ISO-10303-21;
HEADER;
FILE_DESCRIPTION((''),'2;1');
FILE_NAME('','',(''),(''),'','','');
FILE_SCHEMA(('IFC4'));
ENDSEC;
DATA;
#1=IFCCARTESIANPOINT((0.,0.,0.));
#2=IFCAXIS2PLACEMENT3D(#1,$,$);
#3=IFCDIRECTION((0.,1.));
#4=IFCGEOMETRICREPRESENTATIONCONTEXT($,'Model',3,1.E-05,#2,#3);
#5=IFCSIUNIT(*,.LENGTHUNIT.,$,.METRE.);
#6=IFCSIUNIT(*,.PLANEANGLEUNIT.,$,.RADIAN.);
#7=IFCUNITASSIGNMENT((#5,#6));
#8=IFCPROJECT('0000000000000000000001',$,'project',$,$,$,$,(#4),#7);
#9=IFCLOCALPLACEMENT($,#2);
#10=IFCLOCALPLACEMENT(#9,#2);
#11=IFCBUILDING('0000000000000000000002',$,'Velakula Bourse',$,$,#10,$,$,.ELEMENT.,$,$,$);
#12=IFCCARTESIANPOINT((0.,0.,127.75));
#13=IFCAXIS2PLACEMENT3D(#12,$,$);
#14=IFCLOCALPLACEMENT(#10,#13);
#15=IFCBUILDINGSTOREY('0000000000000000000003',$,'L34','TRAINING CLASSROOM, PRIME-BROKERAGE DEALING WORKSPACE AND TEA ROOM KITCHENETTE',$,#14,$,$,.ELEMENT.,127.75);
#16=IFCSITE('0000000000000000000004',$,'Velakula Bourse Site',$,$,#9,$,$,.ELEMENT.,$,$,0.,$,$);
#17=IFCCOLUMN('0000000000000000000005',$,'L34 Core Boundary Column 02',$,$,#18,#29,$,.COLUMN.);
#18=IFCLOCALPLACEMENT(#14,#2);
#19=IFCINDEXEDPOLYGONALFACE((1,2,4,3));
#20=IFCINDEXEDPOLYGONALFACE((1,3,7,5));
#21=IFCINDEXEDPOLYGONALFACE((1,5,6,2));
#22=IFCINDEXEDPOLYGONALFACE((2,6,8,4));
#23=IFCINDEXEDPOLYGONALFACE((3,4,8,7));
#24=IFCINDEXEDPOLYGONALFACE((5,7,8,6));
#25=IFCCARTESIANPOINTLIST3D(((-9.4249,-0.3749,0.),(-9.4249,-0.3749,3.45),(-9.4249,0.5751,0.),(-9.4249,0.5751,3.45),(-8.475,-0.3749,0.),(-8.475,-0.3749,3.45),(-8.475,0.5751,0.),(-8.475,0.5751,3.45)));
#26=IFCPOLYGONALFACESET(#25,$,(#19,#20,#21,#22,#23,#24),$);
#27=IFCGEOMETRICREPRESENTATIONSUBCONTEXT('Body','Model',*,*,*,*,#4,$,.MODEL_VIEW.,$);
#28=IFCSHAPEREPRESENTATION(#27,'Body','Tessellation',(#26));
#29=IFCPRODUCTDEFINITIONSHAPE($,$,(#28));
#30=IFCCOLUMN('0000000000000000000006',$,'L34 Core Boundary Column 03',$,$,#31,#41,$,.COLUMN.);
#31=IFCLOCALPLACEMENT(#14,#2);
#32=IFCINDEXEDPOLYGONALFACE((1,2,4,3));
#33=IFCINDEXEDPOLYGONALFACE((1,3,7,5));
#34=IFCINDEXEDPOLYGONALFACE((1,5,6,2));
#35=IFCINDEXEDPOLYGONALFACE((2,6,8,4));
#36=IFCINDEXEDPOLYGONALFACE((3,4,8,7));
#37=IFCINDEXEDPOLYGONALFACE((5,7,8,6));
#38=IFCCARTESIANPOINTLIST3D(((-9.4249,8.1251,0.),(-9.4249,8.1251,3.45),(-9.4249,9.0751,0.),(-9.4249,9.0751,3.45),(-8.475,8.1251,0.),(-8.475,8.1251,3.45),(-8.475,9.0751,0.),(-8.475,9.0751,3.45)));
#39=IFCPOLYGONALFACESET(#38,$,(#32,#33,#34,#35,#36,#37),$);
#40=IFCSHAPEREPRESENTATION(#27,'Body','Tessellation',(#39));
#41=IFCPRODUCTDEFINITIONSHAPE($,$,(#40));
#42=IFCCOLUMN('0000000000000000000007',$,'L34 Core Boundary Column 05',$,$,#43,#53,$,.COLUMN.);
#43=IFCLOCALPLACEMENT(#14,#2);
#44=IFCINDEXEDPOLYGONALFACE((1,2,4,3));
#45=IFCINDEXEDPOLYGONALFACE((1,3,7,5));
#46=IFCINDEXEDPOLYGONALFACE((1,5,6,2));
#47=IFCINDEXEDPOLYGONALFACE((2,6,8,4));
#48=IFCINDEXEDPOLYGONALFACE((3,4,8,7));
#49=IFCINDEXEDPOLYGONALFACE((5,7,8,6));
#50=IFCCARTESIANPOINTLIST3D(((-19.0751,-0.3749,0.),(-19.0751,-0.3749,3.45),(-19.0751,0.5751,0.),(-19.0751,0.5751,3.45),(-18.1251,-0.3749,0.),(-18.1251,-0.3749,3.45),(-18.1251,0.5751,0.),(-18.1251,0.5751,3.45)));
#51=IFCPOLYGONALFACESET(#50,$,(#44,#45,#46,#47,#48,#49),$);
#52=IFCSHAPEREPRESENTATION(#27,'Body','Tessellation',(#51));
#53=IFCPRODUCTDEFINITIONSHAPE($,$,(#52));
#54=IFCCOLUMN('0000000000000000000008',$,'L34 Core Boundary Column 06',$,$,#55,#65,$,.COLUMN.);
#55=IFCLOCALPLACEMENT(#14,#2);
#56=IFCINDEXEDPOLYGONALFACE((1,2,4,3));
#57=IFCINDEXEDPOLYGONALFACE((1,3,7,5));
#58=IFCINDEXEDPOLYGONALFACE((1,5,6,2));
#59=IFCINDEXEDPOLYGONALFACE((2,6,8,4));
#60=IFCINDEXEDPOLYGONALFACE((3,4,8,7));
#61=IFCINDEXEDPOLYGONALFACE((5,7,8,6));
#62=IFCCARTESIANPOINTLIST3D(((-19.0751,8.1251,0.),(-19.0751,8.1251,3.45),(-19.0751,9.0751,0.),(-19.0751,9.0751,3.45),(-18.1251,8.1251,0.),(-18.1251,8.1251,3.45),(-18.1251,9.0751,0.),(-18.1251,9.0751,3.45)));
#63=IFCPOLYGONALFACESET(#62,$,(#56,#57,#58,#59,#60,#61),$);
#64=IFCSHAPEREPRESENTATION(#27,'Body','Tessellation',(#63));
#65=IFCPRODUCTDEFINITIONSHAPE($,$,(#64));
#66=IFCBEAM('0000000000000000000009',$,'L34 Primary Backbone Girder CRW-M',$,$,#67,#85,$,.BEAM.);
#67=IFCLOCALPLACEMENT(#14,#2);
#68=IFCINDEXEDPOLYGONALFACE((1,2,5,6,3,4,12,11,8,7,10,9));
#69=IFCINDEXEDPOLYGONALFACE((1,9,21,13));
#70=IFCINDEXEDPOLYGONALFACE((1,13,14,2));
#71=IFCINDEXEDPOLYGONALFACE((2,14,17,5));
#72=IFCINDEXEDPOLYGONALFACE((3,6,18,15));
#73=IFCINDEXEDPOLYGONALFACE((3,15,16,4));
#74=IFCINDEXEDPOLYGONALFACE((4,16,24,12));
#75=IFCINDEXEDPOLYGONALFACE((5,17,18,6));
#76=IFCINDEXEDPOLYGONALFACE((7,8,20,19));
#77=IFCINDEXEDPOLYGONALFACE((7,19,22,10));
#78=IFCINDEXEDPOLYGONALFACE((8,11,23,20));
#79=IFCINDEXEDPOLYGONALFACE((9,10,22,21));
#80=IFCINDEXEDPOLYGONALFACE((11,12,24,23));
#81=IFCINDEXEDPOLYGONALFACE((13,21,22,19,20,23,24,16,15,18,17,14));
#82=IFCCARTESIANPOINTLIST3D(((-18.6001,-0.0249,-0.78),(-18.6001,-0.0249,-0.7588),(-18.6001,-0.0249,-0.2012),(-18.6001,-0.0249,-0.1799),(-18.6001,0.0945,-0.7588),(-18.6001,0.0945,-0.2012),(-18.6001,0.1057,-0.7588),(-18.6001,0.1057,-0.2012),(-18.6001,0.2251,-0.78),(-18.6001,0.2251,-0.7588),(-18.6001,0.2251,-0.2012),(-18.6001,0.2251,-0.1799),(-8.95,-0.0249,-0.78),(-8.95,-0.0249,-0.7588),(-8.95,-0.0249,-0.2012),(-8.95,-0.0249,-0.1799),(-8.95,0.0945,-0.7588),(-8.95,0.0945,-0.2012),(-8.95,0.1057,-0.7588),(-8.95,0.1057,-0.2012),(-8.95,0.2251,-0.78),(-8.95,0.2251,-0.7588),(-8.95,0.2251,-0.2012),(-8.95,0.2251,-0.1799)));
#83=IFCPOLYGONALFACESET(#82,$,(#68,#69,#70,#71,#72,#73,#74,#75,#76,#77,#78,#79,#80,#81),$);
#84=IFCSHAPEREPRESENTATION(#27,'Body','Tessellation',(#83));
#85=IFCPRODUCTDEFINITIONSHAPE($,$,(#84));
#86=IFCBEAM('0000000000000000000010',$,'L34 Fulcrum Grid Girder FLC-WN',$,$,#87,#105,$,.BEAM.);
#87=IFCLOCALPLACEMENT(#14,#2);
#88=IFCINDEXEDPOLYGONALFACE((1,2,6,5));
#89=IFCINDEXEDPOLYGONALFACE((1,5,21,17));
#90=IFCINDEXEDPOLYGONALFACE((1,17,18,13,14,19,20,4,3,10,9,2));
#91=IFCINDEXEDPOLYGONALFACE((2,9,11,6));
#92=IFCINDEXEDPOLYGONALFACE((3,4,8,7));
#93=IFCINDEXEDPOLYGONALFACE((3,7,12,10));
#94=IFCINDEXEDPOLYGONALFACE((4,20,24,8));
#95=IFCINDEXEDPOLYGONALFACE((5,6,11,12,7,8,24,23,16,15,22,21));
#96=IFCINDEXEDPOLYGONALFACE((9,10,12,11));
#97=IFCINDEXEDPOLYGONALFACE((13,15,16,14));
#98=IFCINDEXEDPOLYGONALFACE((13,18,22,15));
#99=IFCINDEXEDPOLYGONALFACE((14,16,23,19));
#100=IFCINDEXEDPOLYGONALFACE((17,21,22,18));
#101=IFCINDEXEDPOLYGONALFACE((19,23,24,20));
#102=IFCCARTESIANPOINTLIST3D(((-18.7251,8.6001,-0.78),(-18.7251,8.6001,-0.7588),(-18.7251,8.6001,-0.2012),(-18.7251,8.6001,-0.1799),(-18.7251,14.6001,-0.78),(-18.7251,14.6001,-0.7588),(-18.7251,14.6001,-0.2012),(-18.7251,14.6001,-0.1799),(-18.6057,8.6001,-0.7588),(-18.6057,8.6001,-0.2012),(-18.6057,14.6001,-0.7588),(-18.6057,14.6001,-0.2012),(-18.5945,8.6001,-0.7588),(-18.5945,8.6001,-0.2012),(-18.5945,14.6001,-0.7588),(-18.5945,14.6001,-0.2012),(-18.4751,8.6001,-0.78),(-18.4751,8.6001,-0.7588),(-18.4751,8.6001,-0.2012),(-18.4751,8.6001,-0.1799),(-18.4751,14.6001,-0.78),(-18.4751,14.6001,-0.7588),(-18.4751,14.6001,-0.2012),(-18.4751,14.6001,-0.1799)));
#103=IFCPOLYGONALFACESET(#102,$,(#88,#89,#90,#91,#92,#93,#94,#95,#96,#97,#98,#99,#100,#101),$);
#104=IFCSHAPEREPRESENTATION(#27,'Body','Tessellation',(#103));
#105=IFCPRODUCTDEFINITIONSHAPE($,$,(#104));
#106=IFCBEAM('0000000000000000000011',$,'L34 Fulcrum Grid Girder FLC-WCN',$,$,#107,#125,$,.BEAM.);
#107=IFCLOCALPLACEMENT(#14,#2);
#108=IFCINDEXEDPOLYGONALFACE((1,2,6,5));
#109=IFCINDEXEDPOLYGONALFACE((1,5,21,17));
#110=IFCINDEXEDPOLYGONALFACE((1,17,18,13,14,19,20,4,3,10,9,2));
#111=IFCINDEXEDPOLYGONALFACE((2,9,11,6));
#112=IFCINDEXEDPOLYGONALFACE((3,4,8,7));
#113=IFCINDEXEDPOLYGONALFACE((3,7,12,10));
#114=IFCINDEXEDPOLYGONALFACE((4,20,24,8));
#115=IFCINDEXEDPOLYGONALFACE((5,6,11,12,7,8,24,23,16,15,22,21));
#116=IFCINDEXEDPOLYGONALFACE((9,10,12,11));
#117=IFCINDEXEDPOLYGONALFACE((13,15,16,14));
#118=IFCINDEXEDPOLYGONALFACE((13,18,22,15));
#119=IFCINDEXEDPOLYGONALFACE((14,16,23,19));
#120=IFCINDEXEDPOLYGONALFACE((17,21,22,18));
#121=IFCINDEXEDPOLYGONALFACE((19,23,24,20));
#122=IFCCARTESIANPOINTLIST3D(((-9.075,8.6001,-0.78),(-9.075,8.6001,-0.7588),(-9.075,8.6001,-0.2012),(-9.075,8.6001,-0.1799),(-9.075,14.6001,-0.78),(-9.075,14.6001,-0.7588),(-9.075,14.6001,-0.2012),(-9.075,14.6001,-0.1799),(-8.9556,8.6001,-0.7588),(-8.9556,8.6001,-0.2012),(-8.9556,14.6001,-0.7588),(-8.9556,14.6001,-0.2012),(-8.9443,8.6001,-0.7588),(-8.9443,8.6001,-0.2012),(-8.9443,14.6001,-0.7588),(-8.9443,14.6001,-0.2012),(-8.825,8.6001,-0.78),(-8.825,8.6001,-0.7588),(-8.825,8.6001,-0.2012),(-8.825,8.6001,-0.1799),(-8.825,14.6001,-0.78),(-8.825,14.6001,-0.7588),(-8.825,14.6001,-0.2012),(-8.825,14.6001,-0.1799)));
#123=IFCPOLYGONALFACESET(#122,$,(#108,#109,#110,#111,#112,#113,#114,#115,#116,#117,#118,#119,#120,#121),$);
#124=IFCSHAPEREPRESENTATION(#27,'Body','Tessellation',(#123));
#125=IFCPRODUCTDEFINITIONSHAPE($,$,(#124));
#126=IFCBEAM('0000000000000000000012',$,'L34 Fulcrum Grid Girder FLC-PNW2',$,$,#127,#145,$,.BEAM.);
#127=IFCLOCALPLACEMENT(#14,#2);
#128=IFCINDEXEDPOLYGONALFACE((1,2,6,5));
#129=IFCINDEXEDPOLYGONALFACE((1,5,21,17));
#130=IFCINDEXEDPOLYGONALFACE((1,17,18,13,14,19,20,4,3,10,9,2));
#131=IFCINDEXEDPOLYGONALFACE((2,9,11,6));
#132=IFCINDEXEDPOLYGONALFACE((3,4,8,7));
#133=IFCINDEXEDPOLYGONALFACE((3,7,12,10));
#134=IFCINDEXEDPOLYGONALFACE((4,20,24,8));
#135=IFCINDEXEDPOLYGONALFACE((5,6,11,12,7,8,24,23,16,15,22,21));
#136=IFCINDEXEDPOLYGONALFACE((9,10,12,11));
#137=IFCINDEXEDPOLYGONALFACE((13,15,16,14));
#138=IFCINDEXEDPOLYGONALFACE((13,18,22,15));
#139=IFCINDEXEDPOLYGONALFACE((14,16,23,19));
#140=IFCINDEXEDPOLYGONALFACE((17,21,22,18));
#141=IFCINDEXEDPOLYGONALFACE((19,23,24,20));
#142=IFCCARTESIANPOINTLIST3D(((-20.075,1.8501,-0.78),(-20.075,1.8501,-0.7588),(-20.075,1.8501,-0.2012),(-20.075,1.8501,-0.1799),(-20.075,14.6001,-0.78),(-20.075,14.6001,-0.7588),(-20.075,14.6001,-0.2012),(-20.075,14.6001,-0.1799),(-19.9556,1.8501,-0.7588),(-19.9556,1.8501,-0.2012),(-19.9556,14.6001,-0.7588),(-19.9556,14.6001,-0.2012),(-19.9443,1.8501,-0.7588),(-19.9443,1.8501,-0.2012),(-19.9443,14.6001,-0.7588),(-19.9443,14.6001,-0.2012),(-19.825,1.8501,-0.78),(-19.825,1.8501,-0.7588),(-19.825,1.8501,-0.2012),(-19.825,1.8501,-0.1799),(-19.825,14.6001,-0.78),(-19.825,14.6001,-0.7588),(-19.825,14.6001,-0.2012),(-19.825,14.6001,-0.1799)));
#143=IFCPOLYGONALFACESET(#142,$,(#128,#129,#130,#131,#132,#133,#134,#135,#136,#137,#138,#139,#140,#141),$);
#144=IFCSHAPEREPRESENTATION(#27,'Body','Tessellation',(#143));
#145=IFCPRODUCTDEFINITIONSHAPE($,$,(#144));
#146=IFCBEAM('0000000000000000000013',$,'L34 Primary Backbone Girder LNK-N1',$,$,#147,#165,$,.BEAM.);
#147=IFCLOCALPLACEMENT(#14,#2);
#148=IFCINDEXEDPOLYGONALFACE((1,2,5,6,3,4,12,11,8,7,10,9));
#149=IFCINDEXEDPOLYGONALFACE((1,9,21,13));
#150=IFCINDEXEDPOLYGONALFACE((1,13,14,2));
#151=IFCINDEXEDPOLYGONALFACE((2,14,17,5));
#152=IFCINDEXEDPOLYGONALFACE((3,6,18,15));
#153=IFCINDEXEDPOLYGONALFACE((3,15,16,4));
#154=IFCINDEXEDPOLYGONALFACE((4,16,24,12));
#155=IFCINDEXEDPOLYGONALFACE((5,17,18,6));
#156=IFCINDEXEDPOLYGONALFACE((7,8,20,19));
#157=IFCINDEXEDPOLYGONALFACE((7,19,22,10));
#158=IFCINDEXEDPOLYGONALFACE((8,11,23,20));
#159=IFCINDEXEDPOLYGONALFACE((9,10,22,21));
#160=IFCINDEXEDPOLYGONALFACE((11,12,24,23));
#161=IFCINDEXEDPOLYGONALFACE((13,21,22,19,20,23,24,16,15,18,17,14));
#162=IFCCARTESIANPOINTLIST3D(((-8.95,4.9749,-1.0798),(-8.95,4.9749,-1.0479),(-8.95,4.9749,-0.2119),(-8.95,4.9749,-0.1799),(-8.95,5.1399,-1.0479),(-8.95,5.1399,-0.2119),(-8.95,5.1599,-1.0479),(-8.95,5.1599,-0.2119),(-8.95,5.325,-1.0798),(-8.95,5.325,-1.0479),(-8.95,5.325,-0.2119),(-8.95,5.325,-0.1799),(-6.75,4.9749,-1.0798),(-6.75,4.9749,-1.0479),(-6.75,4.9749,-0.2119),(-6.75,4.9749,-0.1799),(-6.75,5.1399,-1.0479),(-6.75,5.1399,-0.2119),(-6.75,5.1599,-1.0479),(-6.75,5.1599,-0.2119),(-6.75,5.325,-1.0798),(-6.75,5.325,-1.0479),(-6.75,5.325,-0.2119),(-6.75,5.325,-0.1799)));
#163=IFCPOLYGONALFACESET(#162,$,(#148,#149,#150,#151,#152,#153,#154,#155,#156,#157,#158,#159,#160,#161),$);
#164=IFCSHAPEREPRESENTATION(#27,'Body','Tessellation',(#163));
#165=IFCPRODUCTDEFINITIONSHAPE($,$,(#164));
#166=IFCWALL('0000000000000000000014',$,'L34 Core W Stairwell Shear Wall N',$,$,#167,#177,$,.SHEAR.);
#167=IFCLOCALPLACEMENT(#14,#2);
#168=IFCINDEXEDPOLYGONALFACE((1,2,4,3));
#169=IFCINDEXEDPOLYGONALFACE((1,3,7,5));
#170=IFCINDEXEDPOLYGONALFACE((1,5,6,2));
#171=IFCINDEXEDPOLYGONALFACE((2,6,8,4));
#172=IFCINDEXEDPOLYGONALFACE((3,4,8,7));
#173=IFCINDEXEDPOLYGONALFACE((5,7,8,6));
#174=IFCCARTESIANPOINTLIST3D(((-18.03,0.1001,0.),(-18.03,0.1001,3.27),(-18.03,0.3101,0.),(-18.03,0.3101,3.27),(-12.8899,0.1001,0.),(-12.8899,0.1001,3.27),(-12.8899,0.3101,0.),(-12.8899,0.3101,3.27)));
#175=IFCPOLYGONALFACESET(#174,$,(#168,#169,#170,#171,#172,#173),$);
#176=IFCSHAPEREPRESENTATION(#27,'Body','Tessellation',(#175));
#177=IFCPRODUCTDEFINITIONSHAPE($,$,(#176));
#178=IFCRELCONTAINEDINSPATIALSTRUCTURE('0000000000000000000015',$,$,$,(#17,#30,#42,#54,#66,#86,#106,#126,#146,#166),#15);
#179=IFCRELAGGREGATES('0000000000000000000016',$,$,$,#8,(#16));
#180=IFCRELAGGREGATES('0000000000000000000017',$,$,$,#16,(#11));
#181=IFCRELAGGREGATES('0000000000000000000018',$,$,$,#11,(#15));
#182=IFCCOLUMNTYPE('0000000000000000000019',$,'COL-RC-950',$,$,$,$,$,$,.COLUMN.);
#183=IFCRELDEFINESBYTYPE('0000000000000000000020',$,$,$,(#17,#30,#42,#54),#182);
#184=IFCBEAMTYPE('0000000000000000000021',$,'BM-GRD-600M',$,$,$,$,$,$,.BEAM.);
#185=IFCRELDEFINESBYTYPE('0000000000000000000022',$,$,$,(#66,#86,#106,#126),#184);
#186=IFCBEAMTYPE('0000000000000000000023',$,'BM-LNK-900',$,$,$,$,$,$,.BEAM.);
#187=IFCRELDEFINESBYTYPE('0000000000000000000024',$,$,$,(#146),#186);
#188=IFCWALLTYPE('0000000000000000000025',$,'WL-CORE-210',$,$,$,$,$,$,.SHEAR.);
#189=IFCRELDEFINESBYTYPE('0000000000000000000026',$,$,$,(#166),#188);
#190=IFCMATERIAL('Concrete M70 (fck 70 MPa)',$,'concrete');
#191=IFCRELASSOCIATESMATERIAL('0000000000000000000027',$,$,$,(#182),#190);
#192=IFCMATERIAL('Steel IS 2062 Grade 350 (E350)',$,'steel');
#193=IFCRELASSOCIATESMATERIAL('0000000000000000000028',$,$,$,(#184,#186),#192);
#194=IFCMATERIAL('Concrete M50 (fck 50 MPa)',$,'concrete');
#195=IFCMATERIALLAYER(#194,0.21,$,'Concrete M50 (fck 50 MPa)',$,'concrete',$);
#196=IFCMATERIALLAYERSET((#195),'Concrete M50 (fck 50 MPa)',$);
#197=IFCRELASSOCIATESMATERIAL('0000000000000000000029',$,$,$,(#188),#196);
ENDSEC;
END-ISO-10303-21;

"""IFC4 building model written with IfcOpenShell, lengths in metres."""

from ifc_helpers import new_model, si_unit, direction, frame, frame_2d, origin, origin_2d, place, context, subcontext, project, spatial, rectangle, i_section, extrude, material, layer, layer_set, material_profile, profile_set, type_object, element, save


model = new_model("IFC4")

# Units and contexts
model_context = context("Model", 3, precision=1e-05, world=origin(), true_north=direction((0.0, 1.0)))
body_context = subcontext(model_context, "Body", "Model", "MODEL_VIEW")
ifc_project = project(units=[si_unit("LENGTHUNIT", "METRE"), si_unit("PLANEANGLEUNIT", "RADIAN")], contexts=[model_context])

# Site, building, storey
site_placement = place(None, origin())
site = spatial("IfcSite", under=ifc_project, at=site_placement, Name="Velakula Bourse Site", CompositionType="ELEMENT", RefElevation=0.0)
building_placement = place(site_placement, origin())
building = spatial("IfcBuilding", under=site, at=building_placement, Name="Velakula Bourse", CompositionType="ELEMENT")
storey_placement = place(building_placement, frame((0.0, 0.0, 127.75)))
storey = spatial("IfcBuildingStorey", under=building, at=storey_placement, Name="L34", Description="TRAINING CLASSROOM, PRIME-BROKERAGE DEALING WORKSPACE AND TEA ROOM KITCHENETTE", CompositionType="ELEMENT", Elevation=127.75)

# Columns
ifc_material_1 = material(Name="Concrete M70 (fck 70 MPa)", Category="concrete")
ifc_material_profile_1 = material_profile(ifc_material_1, rectangle(XDim=0.95, YDim=0.95, at=origin_2d()), Name="Concrete M70 (fck 70 MPa)")
ifc_profile_set_1 = profile_set([ifc_material_profile_1], Name="Concrete M70 (fck 70 MPa)")
column_type = type_object("IfcColumnType", Name="COL-RC-950", PredefinedType="COLUMN", material=ifc_profile_set_1)
for number, where, z_axis, x_axis, name in (
    (1, (-8.95, 0.1001, 0.0), (0.0, 0.0, 1.0), (1.0, 0.0, 0.0), "L34 Core Boundary Column 02"),
    (2, (-8.95, 8.6001, 0.0), (0.0, 0.0, 1.0), (1.0, 0.0, 0.0), "L34 Core Boundary Column 03"),
    (3, (-18.6001, 0.1001, 0.0), (0.0, 0.0, 1.0), (1.0, 0.0, 0.0), "L34 Core Boundary Column 05"),
    (4, (-18.6001, 8.6001, 0.0), (0.0, 0.0, 1.0), (1.0, 0.0, 0.0), "L34 Core Boundary Column 06"),
):
    element("IfcColumn", number, at=place(storey_placement, frame(where, z_axis=z_axis, x_axis=x_axis)), inside=storey, type_object=column_type, Name=name, PredefinedType="COLUMN", context=body_context, shape_type="SweptSolid", body=[
        extrude(rectangle(XDim=0.95, YDim=0.95, at=origin_2d()), origin(), (0.0, 0.0, 1.0), 3.45),
    ])

# Beams
ifc_material_2 = material(Name="Steel IS 2062 Grade 350 (E350)", Category="steel")
ifc_material_profile_2 = material_profile(ifc_material_2, i_section(OverallWidth=0.25, OverallDepth=0.6001, WebThickness=0.0112, FlangeThickness=0.0212, at=origin_2d()), Name="Steel IS 2062 Grade 350 (E350)")
ifc_profile_set_2 = profile_set([ifc_material_profile_2], Name="Steel IS 2062 Grade 350 (E350)")
beam_type_1 = type_object("IfcBeamType", Name="BM-GRD-600M", PredefinedType="BEAM", material=ifc_profile_set_2)
beam_1_placement = place(storey_placement, frame((-18.6001, 0.1001, -0.48), z_axis=(1.0, 0.0, 0.0), x_axis=(0.0, 1.0, 0.0)))
element("IfcBeam", 5, at=beam_1_placement, inside=storey, type_object=beam_type_1, Name="L34 Primary Backbone Girder CRW-M", PredefinedType="BEAM", context=body_context, shape_type="SweptSolid", body=[
    extrude(i_section(OverallWidth=0.25, OverallDepth=0.6001, WebThickness=0.0112, FlangeThickness=0.0212, at=origin_2d()), origin(), (0.0, 0.0, 1.0), 9.6501),
])
for number, where, z_axis, x_axis, name in (
    (6, (-18.6001, 8.6001, -0.48), (0.0, 1.0, 0.0), (-1.0, 0.0, 0.0), "L34 Fulcrum Grid Girder FLC-WN"),
    (7, (-8.95, 8.6001, -0.48), (0.0, 1.0, 0.0), (-1.0, 0.0, 0.0), "L34 Fulcrum Grid Girder FLC-WCN"),
):
    element("IfcBeam", number, at=place(storey_placement, frame(where, z_axis=z_axis, x_axis=x_axis)), inside=storey, type_object=beam_type_1, Name=name, PredefinedType="BEAM", context=body_context, shape_type="SweptSolid", body=[
        extrude(i_section(OverallWidth=0.25, OverallDepth=0.6001, WebThickness=0.0112, FlangeThickness=0.0212, at=origin_2d()), origin(), (0.0, 0.0, 1.0), 6.0),
    ])
beam_2_placement = place(storey_placement, frame((-19.95, 1.8501, -0.48), z_axis=(0.0, 1.0, 0.0), x_axis=(-1.0, 0.0, 0.0)))
element("IfcBeam", 8, at=beam_2_placement, inside=storey, type_object=beam_type_1, Name="L34 Fulcrum Grid Girder FLC-PNW2", PredefinedType="BEAM", context=body_context, shape_type="SweptSolid", body=[
    extrude(i_section(OverallWidth=0.25, OverallDepth=0.6001, WebThickness=0.0112, FlangeThickness=0.0212, at=origin_2d()), origin(), (0.0, 0.0, 1.0), 12.75),
])
ifc_material_profile_3 = material_profile(ifc_material_2, i_section(OverallWidth=0.3501, OverallDepth=0.8999, WebThickness=0.02, FlangeThickness=0.032, at=origin_2d()), Name="Steel IS 2062 Grade 350 (E350)")
ifc_profile_set_3 = profile_set([ifc_material_profile_3], Name="Steel IS 2062 Grade 350 (E350)")
beam_type_2 = type_object("IfcBeamType", Name="BM-LNK-900", PredefinedType="BEAM", material=ifc_profile_set_3)
beam_3_placement = place(storey_placement, frame((-8.95, 5.1499, -0.6299), z_axis=(1.0, 0.0, 0.0), x_axis=(0.0, 1.0, 0.0)))
element("IfcBeam", 9, at=beam_3_placement, inside=storey, type_object=beam_type_2, Name="L34 Primary Backbone Girder LNK-N1", PredefinedType="BEAM", context=body_context, shape_type="SweptSolid", body=[
    extrude(i_section(OverallWidth=0.3501, OverallDepth=0.8999, WebThickness=0.02, FlangeThickness=0.032, at=origin_2d()), origin(), (0.0, 0.0, 1.0), 2.2),
])

# Wall
ifc_material_3 = material(Name="Concrete M50 (fck 50 MPa)", Category="concrete")
ifc_layer_1 = layer(ifc_material_3, 0.21, Name="Concrete M50 (fck 50 MPa)", Category="concrete")
ifc_layer_set_1 = layer_set([ifc_layer_1], Name="Concrete M50 (fck 50 MPa)")
wall_type_1 = type_object("IfcWallType", Name="WL-CORE-210", PredefinedType="SHEAR", material=ifc_layer_set_1)
wall_1_placement = place(storey_placement, frame((-12.8899, 0.2051, 0.0), z_axis=(0.0, 0.0, 1.0), x_axis=(-1.0, 0.0, 0.0)))
element("IfcWall", 10, at=wall_1_placement, inside=storey, type_object=wall_type_1, Name="L34 Core W Stairwell Shear Wall N", PredefinedType="SHEAR", context=body_context, shape_type="SweptSolid", body=[
    extrude(rectangle(XDim=5.1401, YDim=0.21, at=frame_2d((2.5701, 0.0))), origin(), (0.0, 0.0, 1.0), 3.27),
])

save(model, "model.ifc")
